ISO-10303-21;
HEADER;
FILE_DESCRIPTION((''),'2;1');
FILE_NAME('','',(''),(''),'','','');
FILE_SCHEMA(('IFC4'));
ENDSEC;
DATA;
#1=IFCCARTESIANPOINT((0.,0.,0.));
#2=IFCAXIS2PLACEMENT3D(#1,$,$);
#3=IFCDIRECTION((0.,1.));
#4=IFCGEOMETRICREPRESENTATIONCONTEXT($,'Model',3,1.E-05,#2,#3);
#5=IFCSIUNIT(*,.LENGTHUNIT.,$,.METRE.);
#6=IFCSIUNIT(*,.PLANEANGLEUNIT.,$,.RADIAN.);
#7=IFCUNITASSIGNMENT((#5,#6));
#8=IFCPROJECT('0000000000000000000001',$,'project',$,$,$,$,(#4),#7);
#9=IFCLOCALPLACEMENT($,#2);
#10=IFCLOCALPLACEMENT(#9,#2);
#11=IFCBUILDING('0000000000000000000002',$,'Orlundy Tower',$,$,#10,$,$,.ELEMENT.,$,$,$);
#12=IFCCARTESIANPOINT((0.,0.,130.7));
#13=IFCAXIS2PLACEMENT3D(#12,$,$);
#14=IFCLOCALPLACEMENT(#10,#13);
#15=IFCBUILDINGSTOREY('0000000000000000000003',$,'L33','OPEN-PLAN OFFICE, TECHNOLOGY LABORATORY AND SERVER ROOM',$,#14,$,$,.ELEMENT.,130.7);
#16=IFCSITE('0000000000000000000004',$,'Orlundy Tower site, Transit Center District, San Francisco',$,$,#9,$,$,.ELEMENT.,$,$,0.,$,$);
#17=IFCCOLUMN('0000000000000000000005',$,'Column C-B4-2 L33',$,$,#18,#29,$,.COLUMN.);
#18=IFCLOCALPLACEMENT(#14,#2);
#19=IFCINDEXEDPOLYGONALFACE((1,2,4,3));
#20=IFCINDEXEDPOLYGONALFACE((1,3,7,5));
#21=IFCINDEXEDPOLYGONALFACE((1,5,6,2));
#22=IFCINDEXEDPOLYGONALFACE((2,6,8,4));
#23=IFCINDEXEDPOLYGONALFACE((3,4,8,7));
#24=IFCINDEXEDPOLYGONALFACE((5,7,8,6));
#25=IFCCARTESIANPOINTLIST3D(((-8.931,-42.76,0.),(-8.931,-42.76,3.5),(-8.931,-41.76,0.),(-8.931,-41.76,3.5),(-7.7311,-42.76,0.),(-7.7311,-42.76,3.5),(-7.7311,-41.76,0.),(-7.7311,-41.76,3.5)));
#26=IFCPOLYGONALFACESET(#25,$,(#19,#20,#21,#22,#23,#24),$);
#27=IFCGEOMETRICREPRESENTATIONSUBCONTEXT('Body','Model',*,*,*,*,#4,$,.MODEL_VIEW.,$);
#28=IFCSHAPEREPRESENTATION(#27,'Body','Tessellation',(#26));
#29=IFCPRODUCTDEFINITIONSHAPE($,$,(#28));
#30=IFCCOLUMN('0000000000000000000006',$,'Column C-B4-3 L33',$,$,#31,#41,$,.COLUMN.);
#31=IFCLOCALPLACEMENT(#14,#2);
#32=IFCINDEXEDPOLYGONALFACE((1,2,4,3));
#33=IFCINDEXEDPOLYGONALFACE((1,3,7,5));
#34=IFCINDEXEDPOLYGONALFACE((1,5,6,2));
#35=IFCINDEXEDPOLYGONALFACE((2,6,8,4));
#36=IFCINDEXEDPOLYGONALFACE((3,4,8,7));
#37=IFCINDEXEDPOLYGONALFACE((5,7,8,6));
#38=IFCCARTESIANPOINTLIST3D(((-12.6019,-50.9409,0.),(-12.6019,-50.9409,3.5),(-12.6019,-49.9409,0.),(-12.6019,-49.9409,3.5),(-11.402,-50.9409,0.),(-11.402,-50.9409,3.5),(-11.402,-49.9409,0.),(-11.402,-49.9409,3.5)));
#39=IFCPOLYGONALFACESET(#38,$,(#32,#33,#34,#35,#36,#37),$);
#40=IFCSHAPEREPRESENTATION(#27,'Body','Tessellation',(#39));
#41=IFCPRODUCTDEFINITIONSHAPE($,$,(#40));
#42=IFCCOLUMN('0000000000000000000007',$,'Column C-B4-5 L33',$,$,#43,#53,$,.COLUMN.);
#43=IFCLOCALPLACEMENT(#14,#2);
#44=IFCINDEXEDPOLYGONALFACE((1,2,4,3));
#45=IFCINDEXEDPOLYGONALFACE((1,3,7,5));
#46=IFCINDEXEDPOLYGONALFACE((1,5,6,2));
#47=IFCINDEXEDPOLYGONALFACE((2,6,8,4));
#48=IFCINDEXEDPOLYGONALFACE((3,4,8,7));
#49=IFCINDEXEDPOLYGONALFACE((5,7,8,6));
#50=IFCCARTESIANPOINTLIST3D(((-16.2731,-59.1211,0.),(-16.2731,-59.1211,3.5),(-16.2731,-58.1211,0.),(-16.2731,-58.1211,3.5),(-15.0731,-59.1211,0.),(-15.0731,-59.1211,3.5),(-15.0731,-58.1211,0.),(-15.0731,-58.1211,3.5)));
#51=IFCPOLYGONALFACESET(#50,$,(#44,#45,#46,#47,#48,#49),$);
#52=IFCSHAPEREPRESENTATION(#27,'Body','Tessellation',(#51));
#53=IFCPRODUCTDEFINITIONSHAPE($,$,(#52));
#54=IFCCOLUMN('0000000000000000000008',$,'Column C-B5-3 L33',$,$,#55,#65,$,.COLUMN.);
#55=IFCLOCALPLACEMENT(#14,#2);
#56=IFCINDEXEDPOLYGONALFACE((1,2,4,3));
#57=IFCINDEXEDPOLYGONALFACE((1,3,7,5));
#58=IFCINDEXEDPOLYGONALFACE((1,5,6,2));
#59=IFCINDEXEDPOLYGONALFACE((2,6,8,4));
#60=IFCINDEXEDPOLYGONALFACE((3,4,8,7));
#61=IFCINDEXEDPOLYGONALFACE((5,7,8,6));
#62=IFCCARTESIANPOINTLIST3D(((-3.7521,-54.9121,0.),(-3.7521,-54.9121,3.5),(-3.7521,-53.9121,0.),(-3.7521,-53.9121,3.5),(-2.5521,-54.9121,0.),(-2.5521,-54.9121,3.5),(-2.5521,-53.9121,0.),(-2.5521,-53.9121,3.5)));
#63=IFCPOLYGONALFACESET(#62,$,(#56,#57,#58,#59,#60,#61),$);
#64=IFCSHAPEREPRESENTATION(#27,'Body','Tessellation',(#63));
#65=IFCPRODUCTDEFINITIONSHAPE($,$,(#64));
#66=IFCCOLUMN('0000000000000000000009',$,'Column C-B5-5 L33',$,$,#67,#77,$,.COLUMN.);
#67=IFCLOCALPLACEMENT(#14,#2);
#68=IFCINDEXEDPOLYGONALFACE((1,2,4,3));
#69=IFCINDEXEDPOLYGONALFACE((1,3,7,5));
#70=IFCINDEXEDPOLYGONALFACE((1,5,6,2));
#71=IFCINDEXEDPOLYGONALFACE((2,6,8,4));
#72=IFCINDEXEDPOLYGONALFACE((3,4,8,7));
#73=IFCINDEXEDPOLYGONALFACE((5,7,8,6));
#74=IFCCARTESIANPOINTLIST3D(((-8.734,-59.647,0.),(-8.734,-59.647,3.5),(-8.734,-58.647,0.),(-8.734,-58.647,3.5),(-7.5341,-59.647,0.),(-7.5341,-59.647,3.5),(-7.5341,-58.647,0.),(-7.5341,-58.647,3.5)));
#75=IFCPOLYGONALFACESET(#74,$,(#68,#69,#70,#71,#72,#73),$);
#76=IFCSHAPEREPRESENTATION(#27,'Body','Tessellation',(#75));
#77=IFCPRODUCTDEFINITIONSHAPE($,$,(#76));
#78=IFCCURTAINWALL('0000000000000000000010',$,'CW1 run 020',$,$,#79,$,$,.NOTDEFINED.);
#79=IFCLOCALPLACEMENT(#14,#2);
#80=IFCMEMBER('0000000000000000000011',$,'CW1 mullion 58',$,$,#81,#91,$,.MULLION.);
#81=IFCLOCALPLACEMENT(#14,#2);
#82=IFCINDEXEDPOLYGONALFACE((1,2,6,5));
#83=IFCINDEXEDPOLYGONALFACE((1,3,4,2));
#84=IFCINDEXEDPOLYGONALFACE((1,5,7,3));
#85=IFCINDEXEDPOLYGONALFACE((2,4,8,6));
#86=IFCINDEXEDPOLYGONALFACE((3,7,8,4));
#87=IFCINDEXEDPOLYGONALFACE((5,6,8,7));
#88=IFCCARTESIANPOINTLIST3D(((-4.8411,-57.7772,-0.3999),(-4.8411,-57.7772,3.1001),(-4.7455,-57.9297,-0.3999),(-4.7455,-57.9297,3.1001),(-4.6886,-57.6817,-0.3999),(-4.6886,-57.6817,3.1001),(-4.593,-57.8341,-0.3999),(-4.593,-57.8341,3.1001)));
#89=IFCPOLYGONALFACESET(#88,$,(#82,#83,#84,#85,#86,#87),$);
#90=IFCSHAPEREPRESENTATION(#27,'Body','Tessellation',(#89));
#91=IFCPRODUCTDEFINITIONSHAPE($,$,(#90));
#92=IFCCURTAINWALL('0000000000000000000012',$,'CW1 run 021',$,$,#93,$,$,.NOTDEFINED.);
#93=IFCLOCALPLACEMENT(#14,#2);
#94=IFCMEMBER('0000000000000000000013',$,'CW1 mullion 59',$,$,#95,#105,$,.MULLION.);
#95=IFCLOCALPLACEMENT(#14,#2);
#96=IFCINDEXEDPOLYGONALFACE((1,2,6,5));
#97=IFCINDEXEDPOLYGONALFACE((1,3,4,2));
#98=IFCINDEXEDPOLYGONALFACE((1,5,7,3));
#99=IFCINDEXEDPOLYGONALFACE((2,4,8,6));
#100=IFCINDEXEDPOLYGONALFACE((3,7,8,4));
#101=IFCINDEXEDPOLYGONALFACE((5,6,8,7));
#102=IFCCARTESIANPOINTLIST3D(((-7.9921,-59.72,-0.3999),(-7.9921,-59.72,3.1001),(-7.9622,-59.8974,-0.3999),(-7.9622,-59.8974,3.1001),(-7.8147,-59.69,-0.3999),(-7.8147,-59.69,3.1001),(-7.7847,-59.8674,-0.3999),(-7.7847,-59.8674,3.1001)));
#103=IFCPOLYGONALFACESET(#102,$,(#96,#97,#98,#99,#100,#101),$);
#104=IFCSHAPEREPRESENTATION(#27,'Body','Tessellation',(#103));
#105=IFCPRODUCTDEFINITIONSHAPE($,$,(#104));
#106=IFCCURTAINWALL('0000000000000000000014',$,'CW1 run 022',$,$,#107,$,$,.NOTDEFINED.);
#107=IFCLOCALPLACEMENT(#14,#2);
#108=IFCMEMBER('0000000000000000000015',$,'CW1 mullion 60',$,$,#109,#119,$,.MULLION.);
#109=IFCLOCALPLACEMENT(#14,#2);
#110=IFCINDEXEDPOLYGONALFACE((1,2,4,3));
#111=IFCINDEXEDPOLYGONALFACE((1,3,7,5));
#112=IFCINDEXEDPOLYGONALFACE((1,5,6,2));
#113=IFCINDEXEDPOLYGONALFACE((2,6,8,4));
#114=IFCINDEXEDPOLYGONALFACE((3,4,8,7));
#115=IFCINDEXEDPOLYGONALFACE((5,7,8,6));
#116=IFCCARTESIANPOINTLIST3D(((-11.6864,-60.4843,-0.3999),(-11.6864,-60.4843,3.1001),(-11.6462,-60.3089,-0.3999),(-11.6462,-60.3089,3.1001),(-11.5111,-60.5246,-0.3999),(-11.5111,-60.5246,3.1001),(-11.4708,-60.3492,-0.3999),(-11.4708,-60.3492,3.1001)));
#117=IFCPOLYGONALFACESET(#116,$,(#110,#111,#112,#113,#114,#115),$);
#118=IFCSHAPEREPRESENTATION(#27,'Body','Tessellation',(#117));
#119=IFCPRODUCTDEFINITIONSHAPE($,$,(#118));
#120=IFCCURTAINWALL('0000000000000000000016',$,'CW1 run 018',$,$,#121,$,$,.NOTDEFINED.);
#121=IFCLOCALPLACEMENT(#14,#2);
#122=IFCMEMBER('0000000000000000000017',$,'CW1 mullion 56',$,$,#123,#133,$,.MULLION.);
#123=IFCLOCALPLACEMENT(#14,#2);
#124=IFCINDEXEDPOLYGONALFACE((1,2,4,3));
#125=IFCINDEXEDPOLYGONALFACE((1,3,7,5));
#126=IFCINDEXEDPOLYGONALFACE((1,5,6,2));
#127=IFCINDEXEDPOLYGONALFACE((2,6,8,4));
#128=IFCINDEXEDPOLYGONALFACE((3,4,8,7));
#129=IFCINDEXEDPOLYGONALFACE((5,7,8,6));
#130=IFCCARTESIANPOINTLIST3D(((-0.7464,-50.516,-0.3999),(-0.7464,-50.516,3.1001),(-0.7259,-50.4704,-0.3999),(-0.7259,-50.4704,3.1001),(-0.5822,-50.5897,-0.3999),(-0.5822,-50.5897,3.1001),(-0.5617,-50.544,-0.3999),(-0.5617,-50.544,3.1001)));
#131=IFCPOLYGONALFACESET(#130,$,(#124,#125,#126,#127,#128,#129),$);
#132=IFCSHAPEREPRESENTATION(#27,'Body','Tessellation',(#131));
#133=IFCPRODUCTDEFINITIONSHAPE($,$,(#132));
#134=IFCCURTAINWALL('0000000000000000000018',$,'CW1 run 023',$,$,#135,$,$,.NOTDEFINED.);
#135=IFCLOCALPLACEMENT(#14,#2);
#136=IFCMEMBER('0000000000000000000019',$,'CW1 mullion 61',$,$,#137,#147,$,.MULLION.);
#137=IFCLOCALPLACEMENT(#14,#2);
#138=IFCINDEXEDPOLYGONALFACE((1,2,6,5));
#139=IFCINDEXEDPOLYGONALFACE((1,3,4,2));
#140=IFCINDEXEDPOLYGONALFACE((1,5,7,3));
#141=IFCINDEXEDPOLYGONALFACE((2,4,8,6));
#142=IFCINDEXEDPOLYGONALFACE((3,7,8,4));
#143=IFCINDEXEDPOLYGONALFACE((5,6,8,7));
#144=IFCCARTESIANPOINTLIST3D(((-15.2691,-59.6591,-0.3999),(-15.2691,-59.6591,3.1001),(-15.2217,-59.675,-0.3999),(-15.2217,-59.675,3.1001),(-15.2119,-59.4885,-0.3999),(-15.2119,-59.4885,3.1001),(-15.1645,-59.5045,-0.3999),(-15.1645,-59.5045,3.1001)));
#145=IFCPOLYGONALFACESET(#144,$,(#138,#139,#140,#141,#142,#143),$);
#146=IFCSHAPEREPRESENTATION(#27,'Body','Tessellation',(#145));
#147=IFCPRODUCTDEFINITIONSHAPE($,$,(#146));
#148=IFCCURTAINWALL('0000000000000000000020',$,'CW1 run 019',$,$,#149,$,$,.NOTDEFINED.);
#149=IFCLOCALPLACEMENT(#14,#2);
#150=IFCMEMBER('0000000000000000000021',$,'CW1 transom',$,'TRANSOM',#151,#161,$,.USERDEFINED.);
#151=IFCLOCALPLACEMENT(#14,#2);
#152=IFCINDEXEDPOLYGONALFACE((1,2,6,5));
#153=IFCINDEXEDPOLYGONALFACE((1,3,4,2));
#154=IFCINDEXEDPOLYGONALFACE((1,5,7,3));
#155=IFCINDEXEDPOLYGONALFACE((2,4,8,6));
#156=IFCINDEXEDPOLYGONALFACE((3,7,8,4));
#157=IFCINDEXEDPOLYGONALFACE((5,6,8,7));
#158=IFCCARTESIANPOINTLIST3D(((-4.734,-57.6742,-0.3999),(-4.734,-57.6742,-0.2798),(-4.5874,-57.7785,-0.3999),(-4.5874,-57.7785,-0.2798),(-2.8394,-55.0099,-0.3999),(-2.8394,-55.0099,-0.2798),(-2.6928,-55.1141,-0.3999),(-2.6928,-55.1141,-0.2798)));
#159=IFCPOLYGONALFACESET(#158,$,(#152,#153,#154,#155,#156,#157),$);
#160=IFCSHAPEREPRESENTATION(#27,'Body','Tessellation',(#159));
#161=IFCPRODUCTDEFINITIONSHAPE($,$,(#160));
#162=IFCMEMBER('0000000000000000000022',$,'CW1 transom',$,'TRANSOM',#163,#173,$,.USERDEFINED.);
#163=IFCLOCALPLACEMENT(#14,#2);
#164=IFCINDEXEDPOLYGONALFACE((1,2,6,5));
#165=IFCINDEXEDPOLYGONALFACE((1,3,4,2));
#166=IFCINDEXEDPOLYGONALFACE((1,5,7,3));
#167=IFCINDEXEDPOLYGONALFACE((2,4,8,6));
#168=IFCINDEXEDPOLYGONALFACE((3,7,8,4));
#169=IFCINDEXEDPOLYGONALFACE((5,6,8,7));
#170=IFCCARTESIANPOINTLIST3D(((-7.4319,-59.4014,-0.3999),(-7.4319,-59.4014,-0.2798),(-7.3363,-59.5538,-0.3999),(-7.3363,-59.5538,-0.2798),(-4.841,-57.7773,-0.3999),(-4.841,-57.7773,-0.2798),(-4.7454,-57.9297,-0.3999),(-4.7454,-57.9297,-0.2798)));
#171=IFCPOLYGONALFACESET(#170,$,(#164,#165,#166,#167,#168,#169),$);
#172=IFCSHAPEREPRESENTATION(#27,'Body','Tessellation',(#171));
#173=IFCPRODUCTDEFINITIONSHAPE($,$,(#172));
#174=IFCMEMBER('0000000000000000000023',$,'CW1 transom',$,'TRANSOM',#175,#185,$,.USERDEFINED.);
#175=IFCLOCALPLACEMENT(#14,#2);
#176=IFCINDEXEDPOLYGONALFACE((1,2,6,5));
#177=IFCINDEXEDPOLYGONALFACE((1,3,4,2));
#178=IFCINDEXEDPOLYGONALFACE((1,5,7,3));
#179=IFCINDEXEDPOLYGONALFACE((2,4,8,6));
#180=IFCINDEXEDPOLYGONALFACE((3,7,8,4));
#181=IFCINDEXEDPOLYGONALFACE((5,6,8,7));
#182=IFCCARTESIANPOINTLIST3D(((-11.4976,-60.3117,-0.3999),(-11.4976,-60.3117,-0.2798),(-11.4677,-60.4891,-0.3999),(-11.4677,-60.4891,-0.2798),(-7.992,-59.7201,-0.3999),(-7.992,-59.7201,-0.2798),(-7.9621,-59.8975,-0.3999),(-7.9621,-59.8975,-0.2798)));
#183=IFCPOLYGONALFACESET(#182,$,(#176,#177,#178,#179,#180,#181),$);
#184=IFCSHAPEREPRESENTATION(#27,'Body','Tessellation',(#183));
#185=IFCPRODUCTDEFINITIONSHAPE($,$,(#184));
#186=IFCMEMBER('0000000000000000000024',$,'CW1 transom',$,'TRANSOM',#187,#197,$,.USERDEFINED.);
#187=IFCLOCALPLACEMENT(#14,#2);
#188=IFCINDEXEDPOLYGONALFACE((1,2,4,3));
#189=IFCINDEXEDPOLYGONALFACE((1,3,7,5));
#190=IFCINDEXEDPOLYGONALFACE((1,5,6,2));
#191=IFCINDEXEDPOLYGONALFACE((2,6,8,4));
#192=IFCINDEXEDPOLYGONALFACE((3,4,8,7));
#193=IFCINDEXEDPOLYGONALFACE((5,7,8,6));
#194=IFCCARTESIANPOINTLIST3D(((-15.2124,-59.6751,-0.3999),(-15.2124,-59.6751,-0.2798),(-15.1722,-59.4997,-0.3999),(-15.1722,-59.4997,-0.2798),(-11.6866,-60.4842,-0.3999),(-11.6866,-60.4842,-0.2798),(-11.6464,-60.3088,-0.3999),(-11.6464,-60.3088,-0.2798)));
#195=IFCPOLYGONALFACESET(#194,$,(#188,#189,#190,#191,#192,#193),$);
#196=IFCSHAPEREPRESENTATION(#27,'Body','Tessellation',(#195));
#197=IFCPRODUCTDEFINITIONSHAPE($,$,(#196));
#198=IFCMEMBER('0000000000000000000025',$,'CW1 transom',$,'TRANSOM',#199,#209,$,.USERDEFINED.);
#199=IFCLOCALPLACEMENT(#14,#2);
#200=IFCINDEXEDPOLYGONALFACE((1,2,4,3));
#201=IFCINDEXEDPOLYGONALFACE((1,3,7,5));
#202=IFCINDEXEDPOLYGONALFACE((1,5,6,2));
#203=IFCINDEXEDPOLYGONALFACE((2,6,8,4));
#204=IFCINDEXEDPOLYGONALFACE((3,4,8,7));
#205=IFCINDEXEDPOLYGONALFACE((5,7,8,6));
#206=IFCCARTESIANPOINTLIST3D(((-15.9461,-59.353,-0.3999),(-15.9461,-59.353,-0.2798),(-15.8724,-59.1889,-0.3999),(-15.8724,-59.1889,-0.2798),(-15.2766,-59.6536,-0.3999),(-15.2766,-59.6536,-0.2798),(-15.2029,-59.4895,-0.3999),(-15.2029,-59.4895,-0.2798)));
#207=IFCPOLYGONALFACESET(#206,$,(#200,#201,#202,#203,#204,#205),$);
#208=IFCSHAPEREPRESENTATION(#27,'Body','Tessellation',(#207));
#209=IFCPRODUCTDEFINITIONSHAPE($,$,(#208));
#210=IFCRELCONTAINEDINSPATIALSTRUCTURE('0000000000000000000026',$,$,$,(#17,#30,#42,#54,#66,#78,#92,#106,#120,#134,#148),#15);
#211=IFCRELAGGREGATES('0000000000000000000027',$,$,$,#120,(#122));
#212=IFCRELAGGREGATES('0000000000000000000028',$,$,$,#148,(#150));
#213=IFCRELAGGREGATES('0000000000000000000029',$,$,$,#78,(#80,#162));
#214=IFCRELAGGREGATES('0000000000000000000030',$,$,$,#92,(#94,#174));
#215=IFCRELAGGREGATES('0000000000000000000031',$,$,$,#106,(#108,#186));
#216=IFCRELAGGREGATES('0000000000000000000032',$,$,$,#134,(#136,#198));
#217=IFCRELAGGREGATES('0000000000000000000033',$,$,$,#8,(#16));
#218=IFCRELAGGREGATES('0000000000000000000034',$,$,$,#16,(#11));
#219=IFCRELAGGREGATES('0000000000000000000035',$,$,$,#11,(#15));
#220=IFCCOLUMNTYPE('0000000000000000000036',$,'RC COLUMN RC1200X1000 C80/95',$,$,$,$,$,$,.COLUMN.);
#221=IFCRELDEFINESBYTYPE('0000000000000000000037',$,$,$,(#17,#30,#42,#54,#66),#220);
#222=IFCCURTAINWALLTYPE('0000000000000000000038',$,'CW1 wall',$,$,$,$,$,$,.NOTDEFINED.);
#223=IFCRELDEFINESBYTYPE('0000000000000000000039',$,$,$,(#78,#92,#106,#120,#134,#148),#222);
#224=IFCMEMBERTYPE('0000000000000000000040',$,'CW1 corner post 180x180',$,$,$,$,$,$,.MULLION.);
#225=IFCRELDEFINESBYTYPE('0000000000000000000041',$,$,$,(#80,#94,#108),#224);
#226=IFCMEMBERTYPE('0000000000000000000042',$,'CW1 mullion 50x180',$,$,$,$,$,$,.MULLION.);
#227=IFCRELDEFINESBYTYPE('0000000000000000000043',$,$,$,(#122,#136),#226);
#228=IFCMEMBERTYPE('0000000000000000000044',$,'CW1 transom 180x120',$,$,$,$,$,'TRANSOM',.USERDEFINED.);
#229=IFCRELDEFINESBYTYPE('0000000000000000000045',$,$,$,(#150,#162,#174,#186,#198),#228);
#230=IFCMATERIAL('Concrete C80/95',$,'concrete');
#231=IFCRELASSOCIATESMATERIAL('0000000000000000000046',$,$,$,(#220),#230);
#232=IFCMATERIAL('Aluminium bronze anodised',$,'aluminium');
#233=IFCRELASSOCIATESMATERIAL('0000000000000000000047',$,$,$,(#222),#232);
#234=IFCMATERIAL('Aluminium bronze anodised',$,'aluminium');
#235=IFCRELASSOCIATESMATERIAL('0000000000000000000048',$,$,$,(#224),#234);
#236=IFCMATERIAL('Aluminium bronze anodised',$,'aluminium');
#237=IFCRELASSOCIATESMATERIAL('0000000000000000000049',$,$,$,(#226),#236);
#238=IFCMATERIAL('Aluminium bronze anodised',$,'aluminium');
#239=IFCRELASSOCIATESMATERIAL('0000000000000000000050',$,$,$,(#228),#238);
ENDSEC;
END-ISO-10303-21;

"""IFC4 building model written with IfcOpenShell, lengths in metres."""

from ifc_helpers import new_model, si_unit, direction, frame, origin, origin_2d, place, context, subcontext, project, spatial, rectangle, extrude, material, material_profile, profile_set, type_object, element, aggregate, save


model = new_model("IFC4")

# Units and contexts
model_context = context("Model", 3, precision=1e-05, world=origin(), true_north=direction((0.0, 1.0)))
body_context = subcontext(model_context, "Body", "Model", "MODEL_VIEW")
ifc_project = project(units=[si_unit("LENGTHUNIT", "METRE"), si_unit("PLANEANGLEUNIT", "RADIAN")], contexts=[model_context])

# Site, building, storey
site_placement = place(None, origin())
site = spatial("IfcSite", under=ifc_project, at=site_placement, Name="Orlundy Tower site, Transit Center District, San Francisco", CompositionType="ELEMENT", RefElevation=0.0)
building_placement = place(site_placement, origin())
building = spatial("IfcBuilding", under=site, at=building_placement, Name="Orlundy Tower", CompositionType="ELEMENT")
storey_placement = place(building_placement, frame((0.0, 0.0, 130.7)))
storey = spatial("IfcBuildingStorey", under=building, at=storey_placement, Name="L33", Description="OPEN-PLAN OFFICE, TECHNOLOGY LABORATORY AND SERVER ROOM", CompositionType="ELEMENT", Elevation=130.7)

# Columns
ifc_material_1 = material(Name="Concrete C80/95", Category="concrete")
ifc_material_profile_1 = material_profile(ifc_material_1, rectangle(XDim=1.2, YDim=1.0, at=origin_2d()), Name="RC1200X1000")
ifc_profile_set_1 = profile_set([ifc_material_profile_1], Name="Concrete C80/95")
column_type = type_object("IfcColumnType", Name="RC COLUMN RC1200X1000 C80/95", PredefinedType="COLUMN", material=ifc_profile_set_1)
for number, where, z_axis, x_axis, name in (
    (1, (-8.3311, -42.26, 0.0), (0.0, 0.0, 1.0), (1.0, 0.0, 0.0), "Column C-B4-2 L33"),
    (2, (-12.002, -50.4409, 0.0), (0.0, 0.0, 1.0), (1.0, 0.0, 0.0), "Column C-B4-3 L33"),
    (3, (-15.6731, -58.6211, 0.0), (0.0, 0.0, 1.0), (1.0, 0.0, 0.0), "Column C-B4-5 L33"),
    (4, (-3.1521, -54.4121, 0.0), (0.0, 0.0, 1.0), (1.0, 0.0, 0.0), "Column C-B5-3 L33"),
    (5, (-8.134, -59.147, 0.0), (0.0, 0.0, 1.0), (1.0, 0.0, 0.0), "Column C-B5-5 L33"),
):
    element("IfcColumn", number, at=place(storey_placement, frame(where, z_axis=z_axis, x_axis=x_axis)), inside=storey, type_object=column_type, Name=name, PredefinedType="COLUMN", context=body_context, shape_type="SweptSolid", body=[
        extrude(rectangle(XDim=1.2, YDim=1.0, at=origin_2d()), origin(), (0.0, 0.0, 1.0), 3.5),
    ])

# Curtain walls, members
ifc_material_2 = material(Name="Aluminium bronze anodised", Category="aluminium")
curtain_wall_type = type_object("IfcCurtainWallType", Name="CW1 wall", PredefinedType="NOTDEFINED", material=ifc_material_2)
curtain_wall_1_placement = place(storey_placement, origin())
curtain_wall_1 = element("IfcCurtainWall", 6, at=curtain_wall_1_placement, inside=storey, type_object=curtain_wall_type, Name="CW1 run 020", PredefinedType="NOTDEFINED")
ifc_material_3 = material(Name="Aluminium bronze anodised", Category="aluminium")
ifc_material_profile_2 = material_profile(ifc_material_3, rectangle(XDim=0.1799, YDim=0.1799, at=origin_2d()), Name="CW1 corner post 180x180")
ifc_profile_set_2 = profile_set([ifc_material_profile_2], Name="Aluminium bronze anodised")
member_type_1 = type_object("IfcMemberType", Name="CW1 corner post 180x180", PredefinedType="MULLION", material=ifc_profile_set_2)
member_1_placement = place(storey_placement, frame((-4.717, -57.8057, -0.3999), z_axis=(0.0, 0.0, 1.0), x_axis=(0.531138, -0.847285, 0.0)))
member_1 = element("IfcMember", 7, at=member_1_placement, type_object=member_type_1, Name="CW1 mullion 58", PredefinedType="MULLION", context=body_context, shape_type="SweptSolid", body=[
    extrude(rectangle(XDim=0.1799, YDim=0.1799, at=origin_2d()), origin(), (0.0, 0.0, 1.0), 3.5),
])
curtain_wall_2_placement = place(storey_placement, origin())
curtain_wall_2 = element("IfcCurtainWall", 8, at=curtain_wall_2_placement, inside=storey, type_object=curtain_wall_type, Name="CW1 run 021", PredefinedType="NOTDEFINED")
member_2_placement = place(storey_placement, frame((-7.8884, -59.7937, -0.3999), z_axis=(0.0, 0.0, 1.0), x_axis=(0.166455, -0.986049, 0.0)))
member_2 = element("IfcMember", 9, at=member_2_placement, type_object=member_type_1, Name="CW1 mullion 59", PredefinedType="MULLION", context=body_context, shape_type="SweptSolid", body=[
    extrude(rectangle(XDim=0.1799, YDim=0.1799, at=origin_2d()), origin(), (0.0, 0.0, 1.0), 3.5),
])
curtain_wall_3_placement = place(storey_placement, origin())
curtain_wall_3 = element("IfcCurtainWall", 10, at=curtain_wall_3_placement, inside=storey, type_object=curtain_wall_type, Name="CW1 run 022", PredefinedType="NOTDEFINED")
member_3_placement = place(storey_placement, frame((-11.5786, -60.4167, -0.3999), z_axis=(0.0, 0.0, 1.0), x_axis=(-0.223697, -0.974659, 0.0)))
member_3 = element("IfcMember", 11, at=member_3_placement, type_object=member_type_1, Name="CW1 mullion 60", PredefinedType="MULLION", context=body_context, shape_type="SweptSolid", body=[
    extrude(rectangle(XDim=0.1799, YDim=0.1799, at=origin_2d()), origin(), (0.0, 0.0, 1.0), 3.5),
])
curtain_wall_4_placement = place(storey_placement, origin())
curtain_wall_4 = element("IfcCurtainWall", 12, at=curtain_wall_4_placement, inside=storey, type_object=curtain_wall_type, Name="CW1 run 018", PredefinedType="NOTDEFINED")
ifc_material_4 = material(Name="Aluminium bronze anodised", Category="aluminium")
ifc_material_profile_3 = material_profile(ifc_material_4, rectangle(XDim=0.1799, YDim=0.05, at=origin_2d()), Name="CW1 mullion 50x180")
ifc_profile_set_3 = profile_set([ifc_material_profile_3], Name="Aluminium bronze anodised")
member_type_2 = type_object("IfcMemberType", Name="CW1 mullion 50x180", PredefinedType="MULLION", material=ifc_profile_set_3)
member_4_placement = place(storey_placement, frame((-0.6541, -50.53, -0.3999), z_axis=(0.0, 0.0, 1.0), x_axis=(0.912353, -0.409405, 0.0)))
member_4 = element("IfcMember", 13, at=member_4_placement, type_object=member_type_2, Name="CW1 mullion 56", PredefinedType="MULLION", context=body_context, shape_type="SweptSolid", body=[
    extrude(rectangle(XDim=0.1799, YDim=0.05, at=origin_2d()), origin(), (0.0, 0.0, 1.0), 3.5),
])
curtain_wall_5_placement = place(storey_placement, origin())
curtain_wall_5 = element("IfcCurtainWall", 14, at=curtain_wall_5_placement, inside=storey, type_object=curtain_wall_type, Name="CW1 run 023", PredefinedType="NOTDEFINED")
member_5_placement = place(storey_placement, frame((-15.2168, -59.5818, -0.3999), z_axis=(0.0, 0.0, 1.0), x_axis=(-0.318064, -0.948069, 0.0)))
member_5 = element("IfcMember", 15, at=member_5_placement, type_object=member_type_2, Name="CW1 mullion 61", PredefinedType="MULLION", context=body_context, shape_type="SweptSolid", body=[
    extrude(rectangle(XDim=0.1799, YDim=0.05, at=origin_2d()), origin(), (0.0, 0.0, 1.0), 3.5),
])
curtain_wall_6_placement = place(storey_placement, origin())
curtain_wall_6 = element("IfcCurtainWall", 16, at=curtain_wall_6_placement, inside=storey, type_object=curtain_wall_type, Name="CW1 run 019", PredefinedType="NOTDEFINED")
ifc_material_5 = material(Name="Aluminium bronze anodised", Category="aluminium")
ifc_material_profile_4 = material_profile(ifc_material_5, rectangle(XDim=0.1799, YDim=0.1201, at=origin_2d()), Name="CW1 transom 180x120")
ifc_profile_set_4 = profile_set([ifc_material_profile_4], Name="Aluminium bronze anodised")
member_type_3 = type_object("IfcMemberType", Name="CW1 transom 180x120", ElementType="TRANSOM", PredefinedType="USERDEFINED", material=ifc_profile_set_4)
member_6_placement = place(storey_placement, frame((-2.7661, -55.062, -0.3398), z_axis=(-0.579506, -0.814968, 0.0), x_axis=(0.814968, -0.579506, 0.0)))
member_6 = element("IfcMember", 17, at=member_6_placement, type_object=member_type_3, Name="CW1 transom", ObjectType="TRANSOM", PredefinedType="USERDEFINED", context=body_context, shape_type="SweptSolid", body=[
    extrude(rectangle(XDim=0.1799, YDim=0.1201, at=origin_2d()), origin(), (0.0, 0.0, 1.0), 3.2693),
])

# Members
member_7_placement = place(storey_placement, frame((-4.7932, -57.8535, -0.3398), z_axis=(-0.847298, -0.531118, 0.0), x_axis=(0.531118, -0.847298, 0.0)))
member_7 = element("IfcMember", 18, at=member_7_placement, type_object=member_type_3, Name="CW1 transom", ObjectType="TRANSOM", PredefinedType="USERDEFINED", context=body_context, shape_type="SweptSolid", body=[
    extrude(rectangle(XDim=0.1799, YDim=0.1201, at=origin_2d()), origin(), (0.0, 0.0, 1.0), 3.0579),
])
member_8_placement = place(storey_placement, frame((-7.9771, -59.8088, -0.3398), z_axis=(-0.98606, -0.166392, 0.0), x_axis=(0.166392, -0.98606, 0.0)))
member_8 = element("IfcMember", 19, at=member_8_placement, type_object=member_type_3, Name="CW1 transom", ObjectType="TRANSOM", PredefinedType="USERDEFINED", context=body_context, shape_type="SweptSolid", body=[
    extrude(rectangle(XDim=0.1799, YDim=0.1201, at=origin_2d()), origin(), (0.0, 0.0, 1.0), 3.5552),
])
member_9_placement = place(storey_placement, frame((-11.6665, -60.3965, -0.3398), z_axis=(-0.974668, 0.223657, 0.0), x_axis=(-0.223657, -0.974668, 0.0)))
member_9 = element("IfcMember", 20, at=member_9_placement, type_object=member_type_3, Name="CW1 transom", ObjectType="TRANSOM", PredefinedType="USERDEFINED", context=body_context, shape_type="SweptSolid", body=[
    extrude(rectangle(XDim=0.1799, YDim=0.1201, at=origin_2d()), origin(), (0.0, 0.0, 1.0), 3.6174),
])
member_10_placement = place(storey_placement, frame((-15.2397, -59.5715, -0.3398), z_axis=(-0.912282, 0.409562, 0.0), x_axis=(-0.409562, -0.912282, 0.0)))
member_10 = element("IfcMember", 21, at=member_10_placement, type_object=member_type_3, Name="CW1 transom", ObjectType="TRANSOM", PredefinedType="USERDEFINED", context=body_context, shape_type="SweptSolid", body=[
    extrude(rectangle(XDim=0.1799, YDim=0.1201, at=origin_2d()), origin(), (0.0, 0.0, 1.0), 0.7339),
])

aggregate(curtain_wall_4, [member_4])
aggregate(curtain_wall_6, [member_6])
aggregate(curtain_wall_1, [member_1, member_7])
aggregate(curtain_wall_2, [member_2, member_8])
aggregate(curtain_wall_3, [member_3, member_9])
aggregate(curtain_wall_5, [member_5, member_10])

save(model, "model.ifc")
